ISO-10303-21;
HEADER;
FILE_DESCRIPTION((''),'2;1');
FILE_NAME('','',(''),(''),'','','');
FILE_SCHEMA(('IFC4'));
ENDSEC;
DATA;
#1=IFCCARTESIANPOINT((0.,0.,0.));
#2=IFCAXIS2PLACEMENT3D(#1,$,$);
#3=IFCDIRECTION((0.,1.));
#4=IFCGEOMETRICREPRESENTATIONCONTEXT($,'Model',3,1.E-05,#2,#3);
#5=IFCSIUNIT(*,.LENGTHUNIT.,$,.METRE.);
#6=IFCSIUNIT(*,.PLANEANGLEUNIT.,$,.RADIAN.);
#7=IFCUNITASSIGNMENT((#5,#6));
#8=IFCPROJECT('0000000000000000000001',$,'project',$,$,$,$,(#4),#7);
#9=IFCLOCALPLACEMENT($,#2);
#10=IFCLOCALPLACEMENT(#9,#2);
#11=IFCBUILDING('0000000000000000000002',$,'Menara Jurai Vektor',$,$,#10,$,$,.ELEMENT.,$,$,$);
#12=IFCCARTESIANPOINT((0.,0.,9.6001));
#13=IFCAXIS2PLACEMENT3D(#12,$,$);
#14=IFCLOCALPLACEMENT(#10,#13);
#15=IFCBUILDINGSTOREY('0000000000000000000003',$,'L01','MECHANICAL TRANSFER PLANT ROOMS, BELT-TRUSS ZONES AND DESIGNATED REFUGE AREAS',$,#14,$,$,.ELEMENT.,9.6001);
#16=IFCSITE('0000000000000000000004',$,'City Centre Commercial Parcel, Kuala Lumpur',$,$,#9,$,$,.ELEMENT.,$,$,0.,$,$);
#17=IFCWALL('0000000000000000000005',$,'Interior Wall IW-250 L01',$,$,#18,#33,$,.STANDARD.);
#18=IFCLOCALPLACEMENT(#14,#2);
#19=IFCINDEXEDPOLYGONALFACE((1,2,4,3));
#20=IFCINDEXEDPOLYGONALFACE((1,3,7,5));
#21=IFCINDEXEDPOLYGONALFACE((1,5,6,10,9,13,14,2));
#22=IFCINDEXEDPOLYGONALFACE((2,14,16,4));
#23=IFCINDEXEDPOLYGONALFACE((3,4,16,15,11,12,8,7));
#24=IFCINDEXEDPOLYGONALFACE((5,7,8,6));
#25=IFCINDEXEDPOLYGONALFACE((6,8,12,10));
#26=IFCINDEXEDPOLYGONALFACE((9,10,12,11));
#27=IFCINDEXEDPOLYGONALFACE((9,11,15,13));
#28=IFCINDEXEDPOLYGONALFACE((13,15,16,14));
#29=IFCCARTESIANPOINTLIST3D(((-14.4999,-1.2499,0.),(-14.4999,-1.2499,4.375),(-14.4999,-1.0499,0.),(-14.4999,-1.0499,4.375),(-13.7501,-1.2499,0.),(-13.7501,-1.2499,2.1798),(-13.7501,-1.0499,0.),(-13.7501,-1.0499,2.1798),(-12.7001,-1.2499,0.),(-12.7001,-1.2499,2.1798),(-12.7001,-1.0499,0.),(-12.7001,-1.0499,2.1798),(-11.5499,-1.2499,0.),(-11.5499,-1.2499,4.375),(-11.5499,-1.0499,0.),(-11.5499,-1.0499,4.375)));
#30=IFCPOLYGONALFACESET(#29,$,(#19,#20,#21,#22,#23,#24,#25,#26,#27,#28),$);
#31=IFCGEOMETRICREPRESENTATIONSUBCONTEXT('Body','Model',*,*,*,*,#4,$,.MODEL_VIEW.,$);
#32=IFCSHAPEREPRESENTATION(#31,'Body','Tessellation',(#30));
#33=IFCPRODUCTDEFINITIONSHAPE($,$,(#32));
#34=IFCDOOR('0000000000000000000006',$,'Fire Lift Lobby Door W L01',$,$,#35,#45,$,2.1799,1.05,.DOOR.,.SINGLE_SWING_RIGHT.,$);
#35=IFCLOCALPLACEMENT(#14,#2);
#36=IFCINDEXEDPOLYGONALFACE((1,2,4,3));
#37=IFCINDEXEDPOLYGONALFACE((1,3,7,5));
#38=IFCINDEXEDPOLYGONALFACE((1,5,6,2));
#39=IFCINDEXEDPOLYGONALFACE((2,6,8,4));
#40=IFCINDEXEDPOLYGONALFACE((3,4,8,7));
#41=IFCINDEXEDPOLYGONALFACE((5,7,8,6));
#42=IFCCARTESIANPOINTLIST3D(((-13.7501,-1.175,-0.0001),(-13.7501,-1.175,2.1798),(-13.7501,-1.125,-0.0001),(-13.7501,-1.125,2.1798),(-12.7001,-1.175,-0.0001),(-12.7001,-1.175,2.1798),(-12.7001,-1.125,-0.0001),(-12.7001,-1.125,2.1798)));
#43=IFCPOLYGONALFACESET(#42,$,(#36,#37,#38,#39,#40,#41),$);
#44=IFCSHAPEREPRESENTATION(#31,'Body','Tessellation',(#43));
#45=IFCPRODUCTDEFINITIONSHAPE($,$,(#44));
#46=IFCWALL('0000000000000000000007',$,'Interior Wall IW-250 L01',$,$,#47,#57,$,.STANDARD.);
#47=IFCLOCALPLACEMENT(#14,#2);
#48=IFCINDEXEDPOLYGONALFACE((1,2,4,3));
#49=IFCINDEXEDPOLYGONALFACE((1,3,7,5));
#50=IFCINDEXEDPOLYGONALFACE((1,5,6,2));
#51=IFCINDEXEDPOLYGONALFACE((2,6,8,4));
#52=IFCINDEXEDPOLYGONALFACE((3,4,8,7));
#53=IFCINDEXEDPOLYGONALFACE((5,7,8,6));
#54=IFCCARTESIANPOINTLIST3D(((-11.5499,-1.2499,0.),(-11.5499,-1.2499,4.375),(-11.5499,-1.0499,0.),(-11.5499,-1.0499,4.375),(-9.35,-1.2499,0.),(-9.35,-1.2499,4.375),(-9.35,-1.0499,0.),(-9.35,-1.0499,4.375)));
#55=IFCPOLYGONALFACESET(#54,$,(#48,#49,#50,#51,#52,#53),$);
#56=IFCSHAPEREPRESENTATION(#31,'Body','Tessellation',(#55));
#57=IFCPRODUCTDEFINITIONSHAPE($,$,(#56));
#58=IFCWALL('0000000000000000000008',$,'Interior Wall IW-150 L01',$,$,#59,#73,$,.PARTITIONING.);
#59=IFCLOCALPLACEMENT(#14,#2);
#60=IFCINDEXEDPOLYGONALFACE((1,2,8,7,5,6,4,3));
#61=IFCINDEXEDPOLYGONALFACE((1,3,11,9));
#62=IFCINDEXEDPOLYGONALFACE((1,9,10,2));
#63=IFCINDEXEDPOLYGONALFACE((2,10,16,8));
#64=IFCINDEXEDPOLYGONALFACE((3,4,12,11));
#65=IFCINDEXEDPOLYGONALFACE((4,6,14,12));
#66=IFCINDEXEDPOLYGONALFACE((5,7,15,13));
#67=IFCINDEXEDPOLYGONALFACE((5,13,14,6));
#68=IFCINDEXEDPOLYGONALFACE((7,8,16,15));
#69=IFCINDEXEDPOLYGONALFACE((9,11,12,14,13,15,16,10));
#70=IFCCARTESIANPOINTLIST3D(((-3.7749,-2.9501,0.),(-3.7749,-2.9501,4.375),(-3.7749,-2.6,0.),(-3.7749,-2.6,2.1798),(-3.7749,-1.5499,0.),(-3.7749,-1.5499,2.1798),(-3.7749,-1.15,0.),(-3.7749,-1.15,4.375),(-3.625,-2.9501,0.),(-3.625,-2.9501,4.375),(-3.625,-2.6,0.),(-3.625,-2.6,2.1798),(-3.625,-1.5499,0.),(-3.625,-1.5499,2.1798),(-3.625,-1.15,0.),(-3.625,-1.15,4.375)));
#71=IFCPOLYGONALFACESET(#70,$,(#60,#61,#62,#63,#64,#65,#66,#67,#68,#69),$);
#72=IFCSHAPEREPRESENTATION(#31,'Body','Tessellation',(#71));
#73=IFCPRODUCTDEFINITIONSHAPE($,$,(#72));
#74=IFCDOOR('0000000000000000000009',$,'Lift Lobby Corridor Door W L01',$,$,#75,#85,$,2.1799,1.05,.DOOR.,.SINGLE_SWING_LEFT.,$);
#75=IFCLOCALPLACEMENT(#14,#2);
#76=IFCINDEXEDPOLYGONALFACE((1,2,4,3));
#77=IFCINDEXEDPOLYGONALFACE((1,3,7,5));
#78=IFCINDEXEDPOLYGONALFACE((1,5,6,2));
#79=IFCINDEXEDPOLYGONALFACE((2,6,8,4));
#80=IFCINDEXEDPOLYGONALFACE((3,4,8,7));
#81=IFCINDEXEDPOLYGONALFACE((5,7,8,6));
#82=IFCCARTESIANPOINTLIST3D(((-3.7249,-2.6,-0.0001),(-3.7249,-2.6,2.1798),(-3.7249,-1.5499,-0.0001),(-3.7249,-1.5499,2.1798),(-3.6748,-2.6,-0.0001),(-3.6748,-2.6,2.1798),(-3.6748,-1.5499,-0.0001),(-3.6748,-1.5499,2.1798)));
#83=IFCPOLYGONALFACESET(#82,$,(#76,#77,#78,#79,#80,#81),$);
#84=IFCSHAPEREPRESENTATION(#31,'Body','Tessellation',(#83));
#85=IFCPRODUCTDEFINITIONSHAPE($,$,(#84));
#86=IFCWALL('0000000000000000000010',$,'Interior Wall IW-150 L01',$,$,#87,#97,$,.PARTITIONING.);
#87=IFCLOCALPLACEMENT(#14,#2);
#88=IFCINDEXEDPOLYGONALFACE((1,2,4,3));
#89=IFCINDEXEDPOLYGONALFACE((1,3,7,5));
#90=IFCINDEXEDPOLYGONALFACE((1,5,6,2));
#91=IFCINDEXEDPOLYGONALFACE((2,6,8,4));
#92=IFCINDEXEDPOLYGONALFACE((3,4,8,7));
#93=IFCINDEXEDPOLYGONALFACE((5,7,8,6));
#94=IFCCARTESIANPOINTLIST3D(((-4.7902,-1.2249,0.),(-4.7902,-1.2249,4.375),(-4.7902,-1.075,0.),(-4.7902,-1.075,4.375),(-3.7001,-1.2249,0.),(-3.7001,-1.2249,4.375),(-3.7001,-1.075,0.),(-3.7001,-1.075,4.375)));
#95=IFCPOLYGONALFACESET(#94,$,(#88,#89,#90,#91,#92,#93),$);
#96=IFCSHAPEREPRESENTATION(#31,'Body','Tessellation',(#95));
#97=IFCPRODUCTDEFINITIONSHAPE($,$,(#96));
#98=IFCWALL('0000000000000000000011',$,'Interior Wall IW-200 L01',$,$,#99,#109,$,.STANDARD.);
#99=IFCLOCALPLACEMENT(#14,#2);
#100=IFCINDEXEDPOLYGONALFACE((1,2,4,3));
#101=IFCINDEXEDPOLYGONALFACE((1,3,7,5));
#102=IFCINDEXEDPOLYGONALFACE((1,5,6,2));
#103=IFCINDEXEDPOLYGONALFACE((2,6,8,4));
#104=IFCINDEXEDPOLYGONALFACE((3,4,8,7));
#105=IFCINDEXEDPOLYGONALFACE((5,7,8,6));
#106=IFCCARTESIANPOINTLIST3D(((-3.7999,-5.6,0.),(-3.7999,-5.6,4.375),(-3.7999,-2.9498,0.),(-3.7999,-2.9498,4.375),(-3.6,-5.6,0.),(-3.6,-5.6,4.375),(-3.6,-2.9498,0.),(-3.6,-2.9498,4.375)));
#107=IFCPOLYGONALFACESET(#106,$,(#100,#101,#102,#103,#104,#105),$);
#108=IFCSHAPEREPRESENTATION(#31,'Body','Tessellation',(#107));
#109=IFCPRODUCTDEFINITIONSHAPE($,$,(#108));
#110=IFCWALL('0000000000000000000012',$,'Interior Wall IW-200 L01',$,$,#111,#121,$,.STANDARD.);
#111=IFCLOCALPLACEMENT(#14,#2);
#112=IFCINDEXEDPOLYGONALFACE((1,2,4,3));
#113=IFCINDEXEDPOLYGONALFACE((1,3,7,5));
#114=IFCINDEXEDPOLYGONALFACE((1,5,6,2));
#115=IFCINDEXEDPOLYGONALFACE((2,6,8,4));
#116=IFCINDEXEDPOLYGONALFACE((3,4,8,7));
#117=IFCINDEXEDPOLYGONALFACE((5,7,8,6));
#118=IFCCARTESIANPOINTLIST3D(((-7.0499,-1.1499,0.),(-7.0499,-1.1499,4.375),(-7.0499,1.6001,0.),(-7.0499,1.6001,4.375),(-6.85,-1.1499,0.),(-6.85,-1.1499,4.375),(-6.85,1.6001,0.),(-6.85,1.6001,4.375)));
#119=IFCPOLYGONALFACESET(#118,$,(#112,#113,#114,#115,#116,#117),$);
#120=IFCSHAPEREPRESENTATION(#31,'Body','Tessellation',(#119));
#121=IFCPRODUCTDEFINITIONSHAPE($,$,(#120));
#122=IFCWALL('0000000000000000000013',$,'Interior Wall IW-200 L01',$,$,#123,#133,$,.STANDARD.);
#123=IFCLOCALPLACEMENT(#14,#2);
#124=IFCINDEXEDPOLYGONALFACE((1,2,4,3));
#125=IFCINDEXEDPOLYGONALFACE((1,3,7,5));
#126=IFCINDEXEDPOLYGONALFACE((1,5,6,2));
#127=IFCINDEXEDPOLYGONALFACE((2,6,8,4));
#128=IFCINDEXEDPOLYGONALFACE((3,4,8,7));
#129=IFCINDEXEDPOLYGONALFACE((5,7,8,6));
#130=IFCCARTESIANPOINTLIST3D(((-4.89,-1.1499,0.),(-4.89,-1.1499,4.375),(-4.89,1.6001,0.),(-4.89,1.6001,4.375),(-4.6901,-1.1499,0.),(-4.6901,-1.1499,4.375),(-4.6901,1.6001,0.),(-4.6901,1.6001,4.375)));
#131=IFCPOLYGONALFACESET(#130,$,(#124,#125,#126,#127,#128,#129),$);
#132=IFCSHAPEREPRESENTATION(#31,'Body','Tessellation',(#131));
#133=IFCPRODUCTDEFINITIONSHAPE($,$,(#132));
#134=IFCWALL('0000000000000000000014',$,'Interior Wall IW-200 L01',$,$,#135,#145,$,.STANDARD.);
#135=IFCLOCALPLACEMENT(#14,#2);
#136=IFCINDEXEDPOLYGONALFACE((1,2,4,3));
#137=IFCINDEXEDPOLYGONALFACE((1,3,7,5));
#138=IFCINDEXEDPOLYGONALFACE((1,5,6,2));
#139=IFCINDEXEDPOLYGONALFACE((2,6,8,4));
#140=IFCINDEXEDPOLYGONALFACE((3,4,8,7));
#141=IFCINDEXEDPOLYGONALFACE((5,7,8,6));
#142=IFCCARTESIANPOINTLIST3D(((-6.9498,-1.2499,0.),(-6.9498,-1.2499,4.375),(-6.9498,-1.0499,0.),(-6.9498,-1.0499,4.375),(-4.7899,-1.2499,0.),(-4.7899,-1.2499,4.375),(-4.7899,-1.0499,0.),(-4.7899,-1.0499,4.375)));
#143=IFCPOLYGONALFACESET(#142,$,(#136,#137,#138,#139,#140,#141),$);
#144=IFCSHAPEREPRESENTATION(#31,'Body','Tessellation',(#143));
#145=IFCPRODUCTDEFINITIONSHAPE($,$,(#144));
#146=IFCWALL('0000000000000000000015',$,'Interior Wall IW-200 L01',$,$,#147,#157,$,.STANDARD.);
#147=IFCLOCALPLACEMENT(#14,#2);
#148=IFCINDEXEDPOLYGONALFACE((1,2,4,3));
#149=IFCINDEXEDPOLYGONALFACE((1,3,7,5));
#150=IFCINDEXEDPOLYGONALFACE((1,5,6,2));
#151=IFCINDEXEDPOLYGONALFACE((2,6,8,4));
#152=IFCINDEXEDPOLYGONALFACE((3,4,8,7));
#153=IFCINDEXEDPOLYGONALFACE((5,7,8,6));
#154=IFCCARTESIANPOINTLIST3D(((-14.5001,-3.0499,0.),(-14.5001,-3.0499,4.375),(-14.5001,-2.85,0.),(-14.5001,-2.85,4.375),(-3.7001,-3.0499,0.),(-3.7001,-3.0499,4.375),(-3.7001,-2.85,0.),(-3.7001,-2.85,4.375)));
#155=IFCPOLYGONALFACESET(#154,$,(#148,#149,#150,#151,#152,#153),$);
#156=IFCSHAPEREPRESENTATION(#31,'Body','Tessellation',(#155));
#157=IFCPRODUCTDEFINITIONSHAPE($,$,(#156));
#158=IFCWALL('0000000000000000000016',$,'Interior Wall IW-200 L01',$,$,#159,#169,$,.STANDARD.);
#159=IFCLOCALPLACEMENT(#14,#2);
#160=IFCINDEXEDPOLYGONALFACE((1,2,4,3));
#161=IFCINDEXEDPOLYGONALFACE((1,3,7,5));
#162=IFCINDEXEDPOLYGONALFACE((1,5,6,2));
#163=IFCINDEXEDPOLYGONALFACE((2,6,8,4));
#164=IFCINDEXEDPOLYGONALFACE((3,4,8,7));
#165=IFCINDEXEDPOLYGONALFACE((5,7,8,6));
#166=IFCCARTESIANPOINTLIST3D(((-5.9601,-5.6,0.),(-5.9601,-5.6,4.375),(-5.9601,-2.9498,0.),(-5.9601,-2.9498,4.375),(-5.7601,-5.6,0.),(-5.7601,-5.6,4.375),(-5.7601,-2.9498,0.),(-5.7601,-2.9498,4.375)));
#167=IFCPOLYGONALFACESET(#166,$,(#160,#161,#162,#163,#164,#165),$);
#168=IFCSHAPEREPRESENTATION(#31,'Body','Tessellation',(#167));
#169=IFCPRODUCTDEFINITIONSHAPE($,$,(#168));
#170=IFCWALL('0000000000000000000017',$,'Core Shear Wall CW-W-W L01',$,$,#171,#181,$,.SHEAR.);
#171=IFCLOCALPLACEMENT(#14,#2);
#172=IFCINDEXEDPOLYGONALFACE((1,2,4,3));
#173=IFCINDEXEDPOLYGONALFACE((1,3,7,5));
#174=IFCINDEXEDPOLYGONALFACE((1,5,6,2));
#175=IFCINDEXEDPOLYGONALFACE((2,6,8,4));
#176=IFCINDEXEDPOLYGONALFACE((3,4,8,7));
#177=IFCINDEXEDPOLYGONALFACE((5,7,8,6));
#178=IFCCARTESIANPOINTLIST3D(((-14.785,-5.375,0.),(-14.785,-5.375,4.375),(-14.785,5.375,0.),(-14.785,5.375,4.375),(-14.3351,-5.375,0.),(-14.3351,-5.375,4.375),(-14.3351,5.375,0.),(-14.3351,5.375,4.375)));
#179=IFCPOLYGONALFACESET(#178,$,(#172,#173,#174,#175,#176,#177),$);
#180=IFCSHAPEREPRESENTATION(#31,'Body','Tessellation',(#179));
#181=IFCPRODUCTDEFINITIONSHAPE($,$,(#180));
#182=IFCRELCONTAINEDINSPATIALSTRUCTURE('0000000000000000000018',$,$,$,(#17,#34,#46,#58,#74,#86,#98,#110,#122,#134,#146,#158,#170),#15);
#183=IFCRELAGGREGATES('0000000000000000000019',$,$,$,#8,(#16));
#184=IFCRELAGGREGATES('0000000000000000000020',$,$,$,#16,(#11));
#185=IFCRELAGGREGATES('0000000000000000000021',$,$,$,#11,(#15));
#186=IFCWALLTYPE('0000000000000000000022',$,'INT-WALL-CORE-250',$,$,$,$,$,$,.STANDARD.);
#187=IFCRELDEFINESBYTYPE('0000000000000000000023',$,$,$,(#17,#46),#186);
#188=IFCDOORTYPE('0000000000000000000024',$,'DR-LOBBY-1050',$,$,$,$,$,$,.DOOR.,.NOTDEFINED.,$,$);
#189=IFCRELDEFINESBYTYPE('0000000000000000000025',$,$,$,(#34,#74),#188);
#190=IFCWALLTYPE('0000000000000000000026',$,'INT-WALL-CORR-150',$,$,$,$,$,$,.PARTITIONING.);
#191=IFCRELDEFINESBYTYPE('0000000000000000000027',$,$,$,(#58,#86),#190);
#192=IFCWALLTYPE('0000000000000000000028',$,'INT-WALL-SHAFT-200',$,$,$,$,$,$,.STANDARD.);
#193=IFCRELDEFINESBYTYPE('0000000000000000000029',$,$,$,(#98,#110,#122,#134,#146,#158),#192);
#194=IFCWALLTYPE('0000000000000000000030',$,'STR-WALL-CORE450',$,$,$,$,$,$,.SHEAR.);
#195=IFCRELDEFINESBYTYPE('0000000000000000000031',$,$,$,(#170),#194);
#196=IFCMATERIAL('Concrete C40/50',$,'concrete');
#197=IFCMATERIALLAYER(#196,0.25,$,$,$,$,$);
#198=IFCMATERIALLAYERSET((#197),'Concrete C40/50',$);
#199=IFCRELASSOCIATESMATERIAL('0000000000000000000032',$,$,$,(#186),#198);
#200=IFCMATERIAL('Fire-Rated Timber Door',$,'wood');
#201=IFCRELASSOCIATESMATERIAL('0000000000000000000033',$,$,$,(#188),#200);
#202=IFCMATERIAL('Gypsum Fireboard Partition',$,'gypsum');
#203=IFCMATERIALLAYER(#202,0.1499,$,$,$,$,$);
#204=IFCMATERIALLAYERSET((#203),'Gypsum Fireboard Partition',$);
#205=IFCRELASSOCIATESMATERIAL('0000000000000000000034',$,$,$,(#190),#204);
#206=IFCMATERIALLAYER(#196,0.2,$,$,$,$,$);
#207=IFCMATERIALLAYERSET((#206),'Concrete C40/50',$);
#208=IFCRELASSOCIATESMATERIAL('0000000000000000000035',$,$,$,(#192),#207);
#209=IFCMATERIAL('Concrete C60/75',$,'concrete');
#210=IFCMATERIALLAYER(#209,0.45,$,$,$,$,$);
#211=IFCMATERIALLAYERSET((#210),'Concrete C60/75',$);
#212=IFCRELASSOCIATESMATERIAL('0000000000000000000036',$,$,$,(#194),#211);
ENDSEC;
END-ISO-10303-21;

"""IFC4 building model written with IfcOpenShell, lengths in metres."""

from ifc_helpers import new_model, si_unit, direction, frame, frame_2d, origin, place, context, subcontext, project, spatial, rectangle, extrude, material, layer, layer_set, type_object, element, fill, save


model = new_model("IFC4")

# Units and contexts
model_context = context("Model", 3, precision=1e-05, world=origin(), true_north=direction((0.0, 1.0)))
body_context = subcontext(model_context, "Body", "Model", "MODEL_VIEW")
ifc_project = project(units=[si_unit("LENGTHUNIT", "METRE"), si_unit("PLANEANGLEUNIT", "RADIAN")], contexts=[model_context])

# Site, building, storey
site_placement = place(None, origin())
site = spatial("IfcSite", under=ifc_project, at=site_placement, Name="City Centre Commercial Parcel, Kuala Lumpur", CompositionType="ELEMENT", RefElevation=0.0)
building_placement = place(site_placement, origin())
building = spatial("IfcBuilding", under=site, at=building_placement, Name="Menara Jurai Vektor", CompositionType="ELEMENT")
storey_placement = place(building_placement, frame((0.0, 0.0, 9.6001)))
storey = spatial("IfcBuildingStorey", under=building, at=storey_placement, Name="L01", Description="MECHANICAL TRANSFER PLANT ROOMS, BELT-TRUSS ZONES AND DESIGNATED REFUGE AREAS", CompositionType="ELEMENT", Elevation=9.6001)

# Shared definitions
ifc_material_1 = material(Name="Concrete C60/75", Category="concrete")

# Shared definitions
ifc_material_2 = material(Name="Concrete C40/50", Category="concrete")
ifc_layer_1 = layer(ifc_material_2, 0.25)
ifc_layer_set_1 = layer_set([ifc_layer_1], Name="Concrete C40/50")
wall_type_1 = type_object("IfcWallType", Name="INT-WALL-CORE-250", PredefinedType="STANDARD", material=ifc_layer_set_1)

# Wall, opening, door
wall_1_placement = place(storey_placement, frame((-14.5, -1.1499, 0.0), z_axis=(0.0, 0.0, 1.0), x_axis=(1.0, 0.0, 0.0)))
wall_1 = element("IfcWall", 1, at=wall_1_placement, inside=storey, type_object=wall_type_1, Name="Interior Wall IW-250 L01", PredefinedType="STANDARD", context=body_context, shape_type="SweptSolid", body=[
    extrude(rectangle(XDim=2.95, YDim=0.2, at=frame_2d((1.4751, 0.0))), origin(), (0.0, 0.0, 1.0), 4.375),
])
opening_1_placement = place(wall_1_placement, frame((0.75, 0.0, 0.0)))
opening_1 = element("IfcOpeningElement", 2, at=opening_1_placement, cuts=wall_1, PredefinedType="OPENING", context=body_context, shape_type="SweptSolid", body=[
    extrude(rectangle(XDim=1.05, YDim=2.1799, at=frame_2d((0.5249, 1.0898))), frame((0.0, 0.1099, 0.0), z_axis=(0.0, -1.0, 0.0), x_axis=(1.0, 0.0, 0.0)), (0.0, 0.0, 1.0), 0.22),
])
ifc_material_3 = material(Name="Fire-Rated Timber Door", Category="wood")
door_type_1 = type_object("IfcDoorType", Name="DR-LOBBY-1050", OperationType="NOTDEFINED", PredefinedType="DOOR", material=ifc_material_3)
door_1_placement = place(opening_1_placement, origin())
door_1 = element("IfcDoor", 3, at=door_1_placement, inside=storey, type_object=door_type_1, Name="Fire Lift Lobby Door W L01", OperationType="SINGLE_SWING_RIGHT", OverallHeight=2.1799, OverallWidth=1.05, PredefinedType="DOOR", context=body_context, shape_type="SweptSolid", body=[
    extrude(rectangle(XDim=1.05, YDim=2.1799, at=frame_2d((0.5249, 1.0898))), frame((0.0, 0.0249, 0.0), z_axis=(0.0, -1.0, 0.0), x_axis=(1.0, 0.0, 0.0)), (0.0, 0.0, 1.0), 0.05),
])
fill(opening_1, door_1)

# Wall
wall_2_placement = place(storey_placement, frame((-11.55, -1.1499, 0.0), z_axis=(0.0, 0.0, 1.0), x_axis=(1.0, 0.0, 0.0)))
element("IfcWall", 4, at=wall_2_placement, inside=storey, type_object=wall_type_1, Name="Interior Wall IW-250 L01", PredefinedType="STANDARD", context=body_context, shape_type="SweptSolid", body=[
    extrude(rectangle(XDim=2.2, YDim=0.2, at=frame_2d((1.1001, 0.0))), origin(), (0.0, 0.0, 1.0), 4.375),
])

# Wall, opening, door
ifc_material_4 = material(Name="Gypsum Fireboard Partition", Category="gypsum")
ifc_layer_2 = layer(ifc_material_4, 0.1499)
ifc_layer_set_2 = layer_set([ifc_layer_2], Name="Gypsum Fireboard Partition")
wall_type_2 = type_object("IfcWallType", Name="INT-WALL-CORR-150", PredefinedType="PARTITIONING", material=ifc_layer_set_2)
wall_3_placement = place(storey_placement, frame((-3.7, -2.95, 0.0), z_axis=(0.0, 0.0, 1.0), x_axis=(0.0, 1.0, 0.0)))
wall_3 = element("IfcWall", 5, at=wall_3_placement, inside=storey, type_object=wall_type_2, Name="Interior Wall IW-150 L01", PredefinedType="PARTITIONING", context=body_context, shape_type="SweptSolid", body=[
    extrude(rectangle(XDim=1.8, YDim=0.1499, at=frame_2d((0.8999, 0.0))), origin(), (0.0, 0.0, 1.0), 4.375),
])
opening_2_placement = place(wall_3_placement, frame((0.3501, 0.0, 0.0)))
opening_2 = element("IfcOpeningElement", 6, at=opening_2_placement, cuts=wall_3, PredefinedType="OPENING", context=body_context, shape_type="SweptSolid", body=[
    extrude(rectangle(XDim=1.05, YDim=2.1799, at=frame_2d((0.5249, 1.0898))), frame((0.0, 0.085, 0.0), z_axis=(0.0, -1.0, 0.0), x_axis=(1.0, 0.0, 0.0)), (0.0, 0.0, 1.0), 0.1699),
])
door_2_placement = place(opening_2_placement, origin())
door_2 = element("IfcDoor", 7, at=door_2_placement, inside=storey, type_object=door_type_1, Name="Lift Lobby Corridor Door W L01", OperationType="SINGLE_SWING_LEFT", OverallHeight=2.1799, OverallWidth=1.05, PredefinedType="DOOR", context=body_context, shape_type="SweptSolid", body=[
    extrude(rectangle(XDim=1.05, YDim=2.1799, at=frame_2d((0.5249, 1.0898))), frame((0.0, 0.0249, 0.0), z_axis=(0.0, -1.0, 0.0), x_axis=(1.0, 0.0, 0.0)), (0.0, 0.0, 1.0), 0.05),
])
fill(opening_2, door_2)

# Walls
wall_4_placement = place(storey_placement, frame((-4.79, -1.1499, 0.0), z_axis=(0.0, 0.0, 1.0), x_axis=(1.0, 0.0, 0.0)))
element("IfcWall", 8, at=wall_4_placement, inside=storey, type_object=wall_type_2, Name="Interior Wall IW-150 L01", PredefinedType="PARTITIONING", context=body_context, shape_type="SweptSolid", body=[
    extrude(rectangle(XDim=1.0901, YDim=0.1499, at=frame_2d((0.5449, 0.0))), origin(), (0.0, 0.0, 1.0), 4.375),
])
ifc_layer_3 = layer(ifc_material_2, 0.2)
ifc_layer_set_3 = layer_set([ifc_layer_3], Name="Concrete C40/50")
wall_type_3 = type_object("IfcWallType", Name="INT-WALL-SHAFT-200", PredefinedType="STANDARD", material=ifc_layer_set_3)
wall_5_placement = place(storey_placement, frame((-3.7, -5.6001, 0.0), z_axis=(0.0, 0.0, 1.0), x_axis=(0.0, 1.0, 0.0)))
element("IfcWall", 9, at=wall_5_placement, inside=storey, type_object=wall_type_3, Name="Interior Wall IW-200 L01", PredefinedType="STANDARD", context=body_context, shape_type="SweptSolid", body=[
    extrude(rectangle(XDim=2.6501, YDim=0.2, at=frame_2d((1.3252, 0.0))), origin(), (0.0, 0.0, 1.0), 4.375),
])
wall_6_placement = place(storey_placement, frame((-6.95, -1.1499, 0.0), z_axis=(0.0, 0.0, 1.0), x_axis=(0.0, 1.0, 0.0)))
element("IfcWall", 10, at=wall_6_placement, inside=storey, type_object=wall_type_3, Name="Interior Wall IW-200 L01", PredefinedType="STANDARD", context=body_context, shape_type="SweptSolid", body=[
    extrude(rectangle(XDim=2.75, YDim=0.2, at=frame_2d((1.375, 0.0))), origin(), (0.0, 0.0, 1.0), 4.375),
])

# Walls
wall_7_placement = place(storey_placement, frame((-4.79, -1.1499, 0.0), z_axis=(0.0, 0.0, 1.0), x_axis=(0.0, 1.0, 0.0)))
element("IfcWall", 11, at=wall_7_placement, inside=storey, type_object=wall_type_3, Name="Interior Wall IW-200 L01", PredefinedType="STANDARD", context=body_context, shape_type="SweptSolid", body=[
    extrude(rectangle(XDim=2.75, YDim=0.2, at=frame_2d((1.375, 0.0))), origin(), (0.0, 0.0, 1.0), 4.375),
])
wall_8_placement = place(storey_placement, frame((-6.95, -1.1499, 0.0), z_axis=(0.0, 0.0, 1.0), x_axis=(1.0, 0.0, 0.0)))
element("IfcWall", 12, at=wall_8_placement, inside=storey, type_object=wall_type_3, Name="Interior Wall IW-200 L01", PredefinedType="STANDARD", context=body_context, shape_type="SweptSolid", body=[
    extrude(rectangle(XDim=2.1599, YDim=0.2, at=frame_2d((1.0801, 0.0))), origin(), (0.0, 0.0, 1.0), 4.375),
])
wall_9_placement = place(storey_placement, frame((-14.5, -2.95, 0.0), z_axis=(0.0, 0.0, 1.0), x_axis=(1.0, 0.0, 0.0)))
element("IfcWall", 13, at=wall_9_placement, inside=storey, type_object=wall_type_3, Name="Interior Wall IW-200 L01", PredefinedType="STANDARD", context=body_context, shape_type="SweptSolid", body=[
    extrude(rectangle(XDim=10.8, YDim=0.2, at=frame_2d((5.3999, 0.0))), origin(), (0.0, 0.0, 1.0), 4.375),
])
wall_10_placement = place(storey_placement, frame((-5.8601, -5.6001, 0.0), z_axis=(0.0, 0.0, 1.0), x_axis=(0.0, 1.0, 0.0)))
element("IfcWall", 14, at=wall_10_placement, inside=storey, type_object=wall_type_3, Name="Interior Wall IW-200 L01", PredefinedType="STANDARD", context=body_context, shape_type="SweptSolid", body=[
    extrude(rectangle(XDim=2.6501, YDim=0.2, at=frame_2d((1.3252, 0.0))), origin(), (0.0, 0.0, 1.0), 4.375),
])
ifc_layer_4 = layer(ifc_material_1, 0.45)
ifc_layer_set_4 = layer_set([ifc_layer_4], Name="Concrete C60/75")
wall_type_4 = type_object("IfcWallType", Name="STR-WALL-CORE450", PredefinedType="SHEAR", material=ifc_layer_set_4)
wall_11_placement = place(storey_placement, frame((-14.5601, -5.375, 0.0), z_axis=(0.0, 0.0, 1.0), x_axis=(0.0, 1.0, 0.0)))
element("IfcWall", 15, at=wall_11_placement, inside=storey, type_object=wall_type_4, Name="Core Shear Wall CW-W-W L01", PredefinedType="SHEAR", context=body_context, shape_type="SweptSolid", body=[
    extrude(rectangle(XDim=10.75, YDim=0.45, at=frame_2d((5.375, 0.0))), origin(), (0.0, 0.0, 1.0), 4.375),
])

save(model, "model.ifc")
